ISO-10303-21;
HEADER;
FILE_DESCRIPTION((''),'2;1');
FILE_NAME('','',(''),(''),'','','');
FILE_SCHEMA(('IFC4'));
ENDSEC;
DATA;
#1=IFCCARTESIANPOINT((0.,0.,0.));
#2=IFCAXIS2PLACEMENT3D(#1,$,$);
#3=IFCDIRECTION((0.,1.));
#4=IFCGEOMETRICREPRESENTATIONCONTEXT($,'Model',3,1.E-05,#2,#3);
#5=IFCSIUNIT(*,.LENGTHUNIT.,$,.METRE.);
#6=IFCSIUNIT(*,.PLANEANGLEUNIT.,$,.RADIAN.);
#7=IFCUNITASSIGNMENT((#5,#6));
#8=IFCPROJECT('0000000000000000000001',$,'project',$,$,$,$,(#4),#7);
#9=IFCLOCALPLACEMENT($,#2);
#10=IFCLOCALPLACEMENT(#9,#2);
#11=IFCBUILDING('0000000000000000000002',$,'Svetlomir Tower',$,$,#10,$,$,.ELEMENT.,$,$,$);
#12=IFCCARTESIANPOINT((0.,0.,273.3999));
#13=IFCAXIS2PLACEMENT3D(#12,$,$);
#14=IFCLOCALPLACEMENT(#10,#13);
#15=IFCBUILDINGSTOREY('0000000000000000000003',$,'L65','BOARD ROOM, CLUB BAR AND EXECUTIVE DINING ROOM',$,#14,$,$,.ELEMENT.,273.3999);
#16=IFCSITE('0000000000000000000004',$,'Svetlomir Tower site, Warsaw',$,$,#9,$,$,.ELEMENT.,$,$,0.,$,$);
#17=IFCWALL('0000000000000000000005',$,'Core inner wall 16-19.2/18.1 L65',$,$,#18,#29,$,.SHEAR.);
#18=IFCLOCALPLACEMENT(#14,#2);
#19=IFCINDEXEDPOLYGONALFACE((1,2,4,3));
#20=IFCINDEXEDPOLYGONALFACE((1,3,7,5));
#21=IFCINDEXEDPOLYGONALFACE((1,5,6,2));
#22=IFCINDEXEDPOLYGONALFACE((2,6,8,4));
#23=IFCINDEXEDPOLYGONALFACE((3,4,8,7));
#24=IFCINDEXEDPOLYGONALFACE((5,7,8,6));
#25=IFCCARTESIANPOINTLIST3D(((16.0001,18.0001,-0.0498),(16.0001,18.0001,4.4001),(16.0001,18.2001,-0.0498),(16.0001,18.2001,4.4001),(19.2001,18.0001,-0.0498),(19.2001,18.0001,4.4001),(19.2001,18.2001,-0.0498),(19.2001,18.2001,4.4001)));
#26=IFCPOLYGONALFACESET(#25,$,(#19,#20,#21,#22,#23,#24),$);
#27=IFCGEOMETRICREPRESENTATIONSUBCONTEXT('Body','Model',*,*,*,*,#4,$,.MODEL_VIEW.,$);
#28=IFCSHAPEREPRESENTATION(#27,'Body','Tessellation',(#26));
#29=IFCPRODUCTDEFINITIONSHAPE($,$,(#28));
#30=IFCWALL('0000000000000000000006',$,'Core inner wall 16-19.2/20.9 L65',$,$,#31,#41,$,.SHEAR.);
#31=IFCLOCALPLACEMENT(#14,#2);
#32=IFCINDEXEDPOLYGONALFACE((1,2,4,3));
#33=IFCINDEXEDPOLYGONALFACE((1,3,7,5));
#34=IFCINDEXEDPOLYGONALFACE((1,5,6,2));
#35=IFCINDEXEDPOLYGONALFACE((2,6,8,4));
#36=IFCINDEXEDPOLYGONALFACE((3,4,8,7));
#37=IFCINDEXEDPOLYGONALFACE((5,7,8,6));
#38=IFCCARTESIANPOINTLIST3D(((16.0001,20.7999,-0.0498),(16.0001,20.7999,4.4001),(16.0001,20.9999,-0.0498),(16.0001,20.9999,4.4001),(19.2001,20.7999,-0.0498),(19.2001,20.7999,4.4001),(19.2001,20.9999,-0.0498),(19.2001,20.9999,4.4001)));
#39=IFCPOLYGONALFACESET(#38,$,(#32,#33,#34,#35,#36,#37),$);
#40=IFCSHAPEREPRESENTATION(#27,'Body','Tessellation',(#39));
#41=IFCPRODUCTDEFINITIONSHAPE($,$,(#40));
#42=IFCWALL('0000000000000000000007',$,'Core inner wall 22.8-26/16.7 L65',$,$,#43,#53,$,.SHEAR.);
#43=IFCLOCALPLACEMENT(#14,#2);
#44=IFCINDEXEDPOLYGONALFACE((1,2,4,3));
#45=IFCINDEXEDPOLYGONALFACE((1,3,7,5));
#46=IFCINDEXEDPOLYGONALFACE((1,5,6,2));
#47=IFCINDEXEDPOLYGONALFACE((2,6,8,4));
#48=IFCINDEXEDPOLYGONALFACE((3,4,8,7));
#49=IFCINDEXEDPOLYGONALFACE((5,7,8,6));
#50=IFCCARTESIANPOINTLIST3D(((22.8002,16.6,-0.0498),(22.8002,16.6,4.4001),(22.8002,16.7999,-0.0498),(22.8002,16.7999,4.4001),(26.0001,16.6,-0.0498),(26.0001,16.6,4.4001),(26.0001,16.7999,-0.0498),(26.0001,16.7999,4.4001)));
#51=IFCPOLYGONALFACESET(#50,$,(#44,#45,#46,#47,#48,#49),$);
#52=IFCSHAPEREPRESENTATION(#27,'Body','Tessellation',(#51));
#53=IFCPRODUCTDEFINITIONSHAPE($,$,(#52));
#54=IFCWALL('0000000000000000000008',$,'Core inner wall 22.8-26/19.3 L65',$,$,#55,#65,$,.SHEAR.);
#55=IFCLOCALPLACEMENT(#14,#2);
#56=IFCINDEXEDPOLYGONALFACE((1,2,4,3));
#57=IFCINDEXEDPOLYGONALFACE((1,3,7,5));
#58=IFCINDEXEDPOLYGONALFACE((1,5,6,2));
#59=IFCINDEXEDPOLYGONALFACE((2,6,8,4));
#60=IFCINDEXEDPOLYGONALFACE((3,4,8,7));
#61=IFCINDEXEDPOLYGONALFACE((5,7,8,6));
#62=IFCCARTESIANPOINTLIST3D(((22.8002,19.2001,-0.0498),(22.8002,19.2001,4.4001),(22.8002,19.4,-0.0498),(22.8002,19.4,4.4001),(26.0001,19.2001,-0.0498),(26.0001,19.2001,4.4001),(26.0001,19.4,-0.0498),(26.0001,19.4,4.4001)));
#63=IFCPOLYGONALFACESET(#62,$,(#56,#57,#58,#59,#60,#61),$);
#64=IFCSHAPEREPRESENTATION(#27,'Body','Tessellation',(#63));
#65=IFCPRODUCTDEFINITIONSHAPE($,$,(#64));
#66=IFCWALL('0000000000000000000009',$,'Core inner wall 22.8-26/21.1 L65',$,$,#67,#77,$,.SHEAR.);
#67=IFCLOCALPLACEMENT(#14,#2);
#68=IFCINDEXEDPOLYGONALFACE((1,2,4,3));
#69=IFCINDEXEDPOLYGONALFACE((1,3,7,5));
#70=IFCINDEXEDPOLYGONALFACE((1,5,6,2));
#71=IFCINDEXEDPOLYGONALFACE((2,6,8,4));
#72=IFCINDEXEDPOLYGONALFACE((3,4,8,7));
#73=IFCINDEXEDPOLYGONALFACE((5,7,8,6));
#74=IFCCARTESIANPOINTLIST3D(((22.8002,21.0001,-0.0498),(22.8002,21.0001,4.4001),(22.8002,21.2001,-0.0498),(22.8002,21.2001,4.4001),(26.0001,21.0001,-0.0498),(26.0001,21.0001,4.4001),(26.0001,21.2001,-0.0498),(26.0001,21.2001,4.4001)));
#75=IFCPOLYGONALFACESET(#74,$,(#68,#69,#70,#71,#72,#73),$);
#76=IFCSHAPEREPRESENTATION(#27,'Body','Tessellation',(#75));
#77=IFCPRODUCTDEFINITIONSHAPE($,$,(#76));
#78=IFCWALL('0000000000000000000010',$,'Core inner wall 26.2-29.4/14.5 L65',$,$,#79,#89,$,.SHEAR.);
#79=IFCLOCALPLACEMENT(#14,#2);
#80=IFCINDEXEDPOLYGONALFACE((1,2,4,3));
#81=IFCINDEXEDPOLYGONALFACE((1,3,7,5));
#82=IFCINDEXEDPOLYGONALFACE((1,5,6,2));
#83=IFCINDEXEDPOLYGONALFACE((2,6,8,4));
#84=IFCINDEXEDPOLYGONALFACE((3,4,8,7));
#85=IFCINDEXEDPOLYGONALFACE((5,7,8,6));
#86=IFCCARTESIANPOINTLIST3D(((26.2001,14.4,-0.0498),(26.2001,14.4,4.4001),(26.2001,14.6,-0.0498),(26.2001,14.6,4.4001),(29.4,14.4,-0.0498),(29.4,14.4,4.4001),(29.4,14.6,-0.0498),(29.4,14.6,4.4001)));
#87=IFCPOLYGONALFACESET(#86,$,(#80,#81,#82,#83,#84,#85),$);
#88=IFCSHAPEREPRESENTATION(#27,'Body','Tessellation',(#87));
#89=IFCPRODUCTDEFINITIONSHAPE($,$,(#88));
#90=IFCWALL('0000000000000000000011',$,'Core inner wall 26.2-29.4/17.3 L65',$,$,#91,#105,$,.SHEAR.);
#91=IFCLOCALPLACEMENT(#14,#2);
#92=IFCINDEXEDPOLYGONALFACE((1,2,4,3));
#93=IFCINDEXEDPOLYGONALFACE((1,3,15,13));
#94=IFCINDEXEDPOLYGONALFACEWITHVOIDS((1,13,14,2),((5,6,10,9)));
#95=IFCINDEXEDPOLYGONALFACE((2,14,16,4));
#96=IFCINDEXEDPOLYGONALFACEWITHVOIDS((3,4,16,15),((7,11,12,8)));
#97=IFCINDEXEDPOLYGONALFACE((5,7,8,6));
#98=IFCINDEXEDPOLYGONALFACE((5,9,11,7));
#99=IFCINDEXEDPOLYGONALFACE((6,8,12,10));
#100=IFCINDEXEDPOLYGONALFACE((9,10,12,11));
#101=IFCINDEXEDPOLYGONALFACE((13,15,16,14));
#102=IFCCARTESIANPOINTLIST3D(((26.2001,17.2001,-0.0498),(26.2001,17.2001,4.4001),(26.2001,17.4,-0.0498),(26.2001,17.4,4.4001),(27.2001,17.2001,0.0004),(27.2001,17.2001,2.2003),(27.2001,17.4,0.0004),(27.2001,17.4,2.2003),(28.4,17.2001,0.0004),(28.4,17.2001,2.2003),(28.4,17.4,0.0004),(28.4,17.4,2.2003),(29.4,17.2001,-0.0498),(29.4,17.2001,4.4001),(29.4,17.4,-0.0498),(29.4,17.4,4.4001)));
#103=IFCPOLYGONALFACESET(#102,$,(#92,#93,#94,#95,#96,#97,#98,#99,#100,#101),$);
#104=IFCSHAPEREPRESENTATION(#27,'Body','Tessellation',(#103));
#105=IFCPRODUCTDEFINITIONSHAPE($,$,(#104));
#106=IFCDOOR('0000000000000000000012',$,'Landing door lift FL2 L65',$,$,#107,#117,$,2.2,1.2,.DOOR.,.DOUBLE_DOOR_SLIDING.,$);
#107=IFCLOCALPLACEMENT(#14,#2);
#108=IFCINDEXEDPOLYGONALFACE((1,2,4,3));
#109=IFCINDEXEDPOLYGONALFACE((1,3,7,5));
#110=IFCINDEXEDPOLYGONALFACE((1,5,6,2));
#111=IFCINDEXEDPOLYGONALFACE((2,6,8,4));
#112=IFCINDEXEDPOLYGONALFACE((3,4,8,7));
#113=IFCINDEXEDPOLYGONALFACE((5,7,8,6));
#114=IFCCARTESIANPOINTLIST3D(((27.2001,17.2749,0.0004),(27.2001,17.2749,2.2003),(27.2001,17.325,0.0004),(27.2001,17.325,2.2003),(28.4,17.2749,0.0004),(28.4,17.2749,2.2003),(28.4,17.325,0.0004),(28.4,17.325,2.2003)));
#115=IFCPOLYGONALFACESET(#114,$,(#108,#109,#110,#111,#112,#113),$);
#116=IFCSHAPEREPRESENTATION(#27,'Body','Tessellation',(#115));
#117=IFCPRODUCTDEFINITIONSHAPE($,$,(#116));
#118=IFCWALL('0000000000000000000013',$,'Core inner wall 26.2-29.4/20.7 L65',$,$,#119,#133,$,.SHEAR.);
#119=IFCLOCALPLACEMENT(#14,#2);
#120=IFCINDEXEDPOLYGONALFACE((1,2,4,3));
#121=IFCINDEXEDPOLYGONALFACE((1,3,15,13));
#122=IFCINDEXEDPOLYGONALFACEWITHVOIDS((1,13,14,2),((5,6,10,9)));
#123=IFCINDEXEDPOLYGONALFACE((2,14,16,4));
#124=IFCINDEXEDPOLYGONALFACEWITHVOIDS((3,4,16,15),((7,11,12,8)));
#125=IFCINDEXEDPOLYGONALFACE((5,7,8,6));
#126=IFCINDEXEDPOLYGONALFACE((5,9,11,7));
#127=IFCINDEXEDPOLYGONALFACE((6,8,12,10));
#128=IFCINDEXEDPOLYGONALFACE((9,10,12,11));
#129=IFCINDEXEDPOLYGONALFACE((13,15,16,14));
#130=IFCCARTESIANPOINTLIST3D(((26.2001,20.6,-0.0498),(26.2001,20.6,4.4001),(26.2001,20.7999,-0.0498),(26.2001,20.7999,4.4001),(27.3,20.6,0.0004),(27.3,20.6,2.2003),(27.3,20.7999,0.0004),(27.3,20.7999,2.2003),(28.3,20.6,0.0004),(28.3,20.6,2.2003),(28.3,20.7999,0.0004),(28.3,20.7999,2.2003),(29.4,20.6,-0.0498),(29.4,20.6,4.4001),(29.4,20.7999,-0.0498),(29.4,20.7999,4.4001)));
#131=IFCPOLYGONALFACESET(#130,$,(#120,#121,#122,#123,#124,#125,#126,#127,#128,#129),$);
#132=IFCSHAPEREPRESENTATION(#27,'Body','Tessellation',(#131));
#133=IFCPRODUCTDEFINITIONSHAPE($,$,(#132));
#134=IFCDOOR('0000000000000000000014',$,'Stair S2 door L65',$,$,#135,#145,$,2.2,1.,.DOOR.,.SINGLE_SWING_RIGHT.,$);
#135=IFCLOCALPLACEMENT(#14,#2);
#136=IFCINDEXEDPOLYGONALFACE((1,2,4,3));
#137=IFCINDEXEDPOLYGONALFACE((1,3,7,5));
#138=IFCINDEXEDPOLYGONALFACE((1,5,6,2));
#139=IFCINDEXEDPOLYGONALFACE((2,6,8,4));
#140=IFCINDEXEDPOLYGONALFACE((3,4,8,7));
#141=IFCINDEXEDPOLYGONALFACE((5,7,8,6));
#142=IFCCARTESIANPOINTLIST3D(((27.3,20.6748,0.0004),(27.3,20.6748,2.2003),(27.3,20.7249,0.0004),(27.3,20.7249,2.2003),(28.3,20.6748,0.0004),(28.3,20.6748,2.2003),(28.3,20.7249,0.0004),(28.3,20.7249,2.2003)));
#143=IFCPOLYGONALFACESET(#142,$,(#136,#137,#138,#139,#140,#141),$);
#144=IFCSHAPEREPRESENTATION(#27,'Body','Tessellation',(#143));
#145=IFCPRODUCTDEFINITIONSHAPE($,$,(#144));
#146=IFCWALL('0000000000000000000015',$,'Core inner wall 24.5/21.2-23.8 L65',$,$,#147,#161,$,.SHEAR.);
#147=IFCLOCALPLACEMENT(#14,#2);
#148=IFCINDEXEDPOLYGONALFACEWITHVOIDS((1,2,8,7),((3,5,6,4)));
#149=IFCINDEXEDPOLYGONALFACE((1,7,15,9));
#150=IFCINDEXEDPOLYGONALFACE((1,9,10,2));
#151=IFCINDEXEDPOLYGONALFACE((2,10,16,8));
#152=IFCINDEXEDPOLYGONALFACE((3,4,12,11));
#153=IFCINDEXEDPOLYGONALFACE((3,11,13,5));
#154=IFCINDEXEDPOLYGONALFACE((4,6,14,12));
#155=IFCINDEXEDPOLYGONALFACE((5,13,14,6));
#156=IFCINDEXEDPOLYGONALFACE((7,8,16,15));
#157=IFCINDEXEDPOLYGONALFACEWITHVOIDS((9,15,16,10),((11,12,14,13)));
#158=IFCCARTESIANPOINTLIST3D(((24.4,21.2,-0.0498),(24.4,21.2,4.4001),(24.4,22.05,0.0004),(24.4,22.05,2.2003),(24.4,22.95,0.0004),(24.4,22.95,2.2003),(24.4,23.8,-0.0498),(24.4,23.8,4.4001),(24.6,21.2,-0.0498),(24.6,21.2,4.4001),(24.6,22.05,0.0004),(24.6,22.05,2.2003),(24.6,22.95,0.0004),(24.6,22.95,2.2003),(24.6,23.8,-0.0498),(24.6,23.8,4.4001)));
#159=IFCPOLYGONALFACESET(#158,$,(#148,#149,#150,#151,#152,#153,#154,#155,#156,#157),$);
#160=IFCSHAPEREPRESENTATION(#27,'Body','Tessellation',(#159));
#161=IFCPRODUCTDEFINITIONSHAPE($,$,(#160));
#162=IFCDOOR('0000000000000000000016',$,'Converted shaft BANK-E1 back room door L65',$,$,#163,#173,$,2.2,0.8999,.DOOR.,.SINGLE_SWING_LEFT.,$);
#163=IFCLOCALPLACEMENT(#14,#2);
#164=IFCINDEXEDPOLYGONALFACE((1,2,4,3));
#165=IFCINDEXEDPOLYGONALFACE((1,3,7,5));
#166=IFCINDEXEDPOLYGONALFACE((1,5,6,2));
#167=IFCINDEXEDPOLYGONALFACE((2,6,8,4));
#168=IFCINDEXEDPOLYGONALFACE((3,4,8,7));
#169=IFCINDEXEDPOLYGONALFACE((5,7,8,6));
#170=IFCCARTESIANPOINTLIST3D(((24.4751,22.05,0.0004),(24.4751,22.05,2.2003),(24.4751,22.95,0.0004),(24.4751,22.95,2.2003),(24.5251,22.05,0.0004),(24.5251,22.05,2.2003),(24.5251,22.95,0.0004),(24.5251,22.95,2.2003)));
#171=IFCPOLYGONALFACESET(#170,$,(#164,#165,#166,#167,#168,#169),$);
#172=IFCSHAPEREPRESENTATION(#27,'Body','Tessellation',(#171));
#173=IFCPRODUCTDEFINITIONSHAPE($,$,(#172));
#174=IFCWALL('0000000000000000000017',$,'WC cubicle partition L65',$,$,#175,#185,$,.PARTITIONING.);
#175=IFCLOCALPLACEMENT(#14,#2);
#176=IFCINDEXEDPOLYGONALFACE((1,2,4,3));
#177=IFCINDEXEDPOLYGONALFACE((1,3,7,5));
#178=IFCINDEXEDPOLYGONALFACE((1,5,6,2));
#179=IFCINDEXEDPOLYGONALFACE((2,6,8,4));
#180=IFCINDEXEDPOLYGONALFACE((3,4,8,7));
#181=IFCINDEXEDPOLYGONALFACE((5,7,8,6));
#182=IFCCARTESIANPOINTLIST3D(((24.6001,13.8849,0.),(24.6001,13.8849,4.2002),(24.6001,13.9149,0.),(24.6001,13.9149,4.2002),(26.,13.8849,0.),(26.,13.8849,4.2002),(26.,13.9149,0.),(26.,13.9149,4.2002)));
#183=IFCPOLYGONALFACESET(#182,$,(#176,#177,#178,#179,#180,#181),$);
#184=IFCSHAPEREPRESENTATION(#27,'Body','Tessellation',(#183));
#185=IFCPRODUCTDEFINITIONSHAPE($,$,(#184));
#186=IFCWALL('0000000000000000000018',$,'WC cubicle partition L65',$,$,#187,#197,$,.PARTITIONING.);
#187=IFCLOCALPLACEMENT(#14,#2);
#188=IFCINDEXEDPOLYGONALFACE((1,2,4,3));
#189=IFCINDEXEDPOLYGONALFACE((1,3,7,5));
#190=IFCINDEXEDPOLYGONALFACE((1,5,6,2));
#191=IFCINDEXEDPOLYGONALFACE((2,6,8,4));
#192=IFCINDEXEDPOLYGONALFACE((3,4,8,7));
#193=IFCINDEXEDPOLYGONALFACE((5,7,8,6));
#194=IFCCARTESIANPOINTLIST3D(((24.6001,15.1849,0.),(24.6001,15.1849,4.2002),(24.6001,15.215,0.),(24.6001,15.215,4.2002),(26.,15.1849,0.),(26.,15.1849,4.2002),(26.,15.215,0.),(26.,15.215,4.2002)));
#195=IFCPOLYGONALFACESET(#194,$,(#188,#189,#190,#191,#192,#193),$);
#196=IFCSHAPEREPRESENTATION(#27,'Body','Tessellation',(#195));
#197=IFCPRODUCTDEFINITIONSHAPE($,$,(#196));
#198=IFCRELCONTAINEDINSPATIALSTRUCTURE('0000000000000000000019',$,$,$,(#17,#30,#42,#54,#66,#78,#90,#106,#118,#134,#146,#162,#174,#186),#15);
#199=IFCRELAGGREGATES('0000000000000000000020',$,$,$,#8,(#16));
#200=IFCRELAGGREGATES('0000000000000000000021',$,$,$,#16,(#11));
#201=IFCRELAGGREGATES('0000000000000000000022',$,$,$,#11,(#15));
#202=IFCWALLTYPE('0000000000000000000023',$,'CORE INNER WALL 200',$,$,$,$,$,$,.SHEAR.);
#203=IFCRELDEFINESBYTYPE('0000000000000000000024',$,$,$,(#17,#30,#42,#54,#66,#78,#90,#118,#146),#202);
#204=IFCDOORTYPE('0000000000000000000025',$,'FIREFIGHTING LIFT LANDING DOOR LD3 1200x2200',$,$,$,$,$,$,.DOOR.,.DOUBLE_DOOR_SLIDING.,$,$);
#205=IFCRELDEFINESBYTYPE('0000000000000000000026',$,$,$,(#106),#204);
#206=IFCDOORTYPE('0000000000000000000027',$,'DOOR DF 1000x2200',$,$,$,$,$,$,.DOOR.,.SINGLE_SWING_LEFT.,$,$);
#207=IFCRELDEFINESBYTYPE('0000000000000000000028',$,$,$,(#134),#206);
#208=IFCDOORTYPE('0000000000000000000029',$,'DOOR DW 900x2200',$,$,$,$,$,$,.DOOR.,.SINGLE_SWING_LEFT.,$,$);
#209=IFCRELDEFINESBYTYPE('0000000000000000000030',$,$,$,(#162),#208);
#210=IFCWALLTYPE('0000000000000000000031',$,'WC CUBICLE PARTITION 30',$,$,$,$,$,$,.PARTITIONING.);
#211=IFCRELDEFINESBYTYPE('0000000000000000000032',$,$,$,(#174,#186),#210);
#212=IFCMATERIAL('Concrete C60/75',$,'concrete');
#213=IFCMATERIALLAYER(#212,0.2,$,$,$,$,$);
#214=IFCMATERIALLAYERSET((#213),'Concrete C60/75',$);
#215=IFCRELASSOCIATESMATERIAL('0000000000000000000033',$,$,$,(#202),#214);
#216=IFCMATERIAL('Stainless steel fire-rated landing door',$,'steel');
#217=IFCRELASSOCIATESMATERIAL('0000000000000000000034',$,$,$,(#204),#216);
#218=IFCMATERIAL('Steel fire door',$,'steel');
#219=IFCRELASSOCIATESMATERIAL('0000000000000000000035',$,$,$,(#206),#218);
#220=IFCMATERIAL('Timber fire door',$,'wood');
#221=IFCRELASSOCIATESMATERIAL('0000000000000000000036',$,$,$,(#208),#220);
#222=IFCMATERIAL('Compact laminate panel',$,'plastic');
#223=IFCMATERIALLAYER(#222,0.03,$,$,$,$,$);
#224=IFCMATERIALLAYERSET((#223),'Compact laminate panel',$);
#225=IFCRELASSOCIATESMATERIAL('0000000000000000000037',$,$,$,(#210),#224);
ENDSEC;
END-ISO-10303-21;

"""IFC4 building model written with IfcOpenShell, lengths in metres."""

from ifc_helpers import new_model, si_unit, direction, frame, frame_2d, origin, place, context, subcontext, project, spatial, rectangle, extrude, material, layer, layer_set, type_object, element, fill, save


model = new_model("IFC4")

# Units and contexts
model_context = context("Model", 3, precision=1e-05, world=origin(), true_north=direction((0.0, 1.0)))
body_context = subcontext(model_context, "Body", "Model", "MODEL_VIEW")
ifc_project = project(units=[si_unit("LENGTHUNIT", "METRE"), si_unit("PLANEANGLEUNIT", "RADIAN")], contexts=[model_context])

# Site, building, storey
site_placement = place(None, origin())
site = spatial("IfcSite", under=ifc_project, at=site_placement, Name="Svetlomir Tower site, Warsaw", CompositionType="ELEMENT", RefElevation=0.0)
building_placement = place(site_placement, origin())
building = spatial("IfcBuilding", under=site, at=building_placement, Name="Svetlomir Tower", CompositionType="ELEMENT")
storey_placement = place(building_placement, frame((0.0, 0.0, 273.3999)))
storey = spatial("IfcBuildingStorey", under=building, at=storey_placement, Name="L65", Description="BOARD ROOM, CLUB BAR AND EXECUTIVE DINING ROOM", CompositionType="ELEMENT", Elevation=273.3999)

# Walls
ifc_material_1 = material(Name="Concrete C60/75", Category="concrete")
ifc_layer_1 = layer(ifc_material_1, 0.2)
ifc_layer_set_1 = layer_set([ifc_layer_1], Name="Concrete C60/75")
wall_type_1 = type_object("IfcWallType", Name="CORE INNER WALL 200", PredefinedType="SHEAR", material=ifc_layer_set_1)
for number, where, z_axis, x_axis, name in (
    (1, (16.0, 18.1001, -0.0498), (0.0, 0.0, 1.0), (1.0, 0.0, 0.0), "Core inner wall 16-19.2/18.1 L65"),
    (2, (16.0, 20.8999, -0.0498), (0.0, 0.0, 1.0), (1.0, 0.0, 0.0), "Core inner wall 16-19.2/20.9 L65"),
    (3, (22.8, 16.7, -0.0498), (0.0, 0.0, 1.0), (1.0, 0.0, 0.0), "Core inner wall 22.8-26/16.7 L65"),
    (4, (22.8, 19.3, -0.0498), (0.0, 0.0, 1.0), (1.0, 0.0, 0.0), "Core inner wall 22.8-26/19.3 L65"),
    (5, (22.8, 21.1001, -0.0498), (0.0, 0.0, 1.0), (1.0, 0.0, 0.0), "Core inner wall 22.8-26/21.1 L65"),
    (6, (26.2, 14.5, -0.0498), (0.0, 0.0, 1.0), (1.0, 0.0, 0.0), "Core inner wall 26.2-29.4/14.5 L65"),
):
    element("IfcWall", number, at=place(storey_placement, frame(where, z_axis=z_axis, x_axis=x_axis)), inside=storey, type_object=wall_type_1, Name=name, PredefinedType="SHEAR", context=body_context, shape_type="SweptSolid", body=[
        extrude(rectangle(XDim=3.2, YDim=0.2, at=frame_2d((1.6001, 0.0))), origin(), (0.0, 0.0, 1.0), 4.45),
    ])

# Walls, openings, doors
wall_1_placement = place(storey_placement, frame((26.2, 17.3, -0.0498), z_axis=(0.0, 0.0, 1.0), x_axis=(1.0, 0.0, 0.0)))
wall_1 = element("IfcWall", 7, at=wall_1_placement, inside=storey, type_object=wall_type_1, Name="Core inner wall 26.2-29.4/17.3 L65", PredefinedType="SHEAR", context=body_context, shape_type="SweptSolid", body=[
    extrude(rectangle(XDim=3.2, YDim=0.2, at=frame_2d((1.6001, 0.0))), origin(), (0.0, 0.0, 1.0), 4.45),
])
opening_1_placement = place(wall_1_placement, frame((1.0, 0.0, 0.05)))
opening_1 = element("IfcOpeningElement", 8, at=opening_1_placement, cuts=wall_1, PredefinedType="OPENING", context=body_context, shape_type="SweptSolid", body=[
    extrude(rectangle(XDim=1.2, YDim=2.2, at=frame_2d((0.6001, 1.1001))), frame((0.0, 0.1099, 0.0), z_axis=(0.0, -1.0, 0.0), x_axis=(1.0, 0.0, 0.0)), (0.0, 0.0, 1.0), 0.22),
])
ifc_material_2 = material(Name="Stainless steel fire-rated landing door", Category="steel")
door_type_1 = type_object("IfcDoorType", Name="FIREFIGHTING LIFT LANDING DOOR LD3 1200x2200", OperationType="DOUBLE_DOOR_SLIDING", PredefinedType="DOOR", material=ifc_material_2)
door_1_placement = place(opening_1_placement, origin())
door_1 = element("IfcDoor", 9, at=door_1_placement, inside=storey, type_object=door_type_1, Name="Landing door lift FL2 L65", OperationType="DOUBLE_DOOR_SLIDING", OverallHeight=2.2, OverallWidth=1.2, PredefinedType="DOOR", context=body_context, shape_type="SweptSolid", body=[
    extrude(rectangle(XDim=1.2, YDim=2.2, at=frame_2d((0.6001, 1.1001))), frame((0.0, 0.0249, 0.0), z_axis=(0.0, -1.0, 0.0), x_axis=(1.0, 0.0, 0.0)), (0.0, 0.0, 1.0), 0.05),
])
fill(opening_1, door_1)
wall_2_placement = place(storey_placement, frame((26.2, 20.7, -0.0498), z_axis=(0.0, 0.0, 1.0), x_axis=(1.0, 0.0, 0.0)))
wall_2 = element("IfcWall", 10, at=wall_2_placement, inside=storey, type_object=wall_type_1, Name="Core inner wall 26.2-29.4/20.7 L65", PredefinedType="SHEAR", context=body_context, shape_type="SweptSolid", body=[
    extrude(rectangle(XDim=3.2, YDim=0.2, at=frame_2d((1.6001, 0.0))), origin(), (0.0, 0.0, 1.0), 4.45),
])
opening_2_placement = place(wall_2_placement, frame((1.1001, 0.0, 0.05)))
opening_2 = element("IfcOpeningElement", 11, at=opening_2_placement, cuts=wall_2, PredefinedType="OPENING", context=body_context, shape_type="SweptSolid", body=[
    extrude(rectangle(XDim=1.0, YDim=2.2, at=frame_2d((0.5, 1.1001))), frame((0.0, 0.1099, 0.0), z_axis=(0.0, -1.0, 0.0), x_axis=(1.0, 0.0, 0.0)), (0.0, 0.0, 1.0), 0.22),
])
ifc_material_3 = material(Name="Steel fire door", Category="steel")
door_type_2 = type_object("IfcDoorType", Name="DOOR DF 1000x2200", OperationType="SINGLE_SWING_LEFT", PredefinedType="DOOR", material=ifc_material_3)
door_2_placement = place(opening_2_placement, origin())
door_2 = element("IfcDoor", 12, at=door_2_placement, inside=storey, type_object=door_type_2, Name="Stair S2 door L65", OperationType="SINGLE_SWING_RIGHT", OverallHeight=2.2, OverallWidth=1.0, PredefinedType="DOOR", context=body_context, shape_type="SweptSolid", body=[
    extrude(rectangle(XDim=1.0, YDim=2.2, at=frame_2d((0.5, 1.1001))), frame((0.0, 0.0249, 0.0), z_axis=(0.0, -1.0, 0.0), x_axis=(1.0, 0.0, 0.0)), (0.0, 0.0, 1.0), 0.05),
])
fill(opening_2, door_2)
wall_3_placement = place(storey_placement, frame((24.5, 21.2, -0.0498), z_axis=(0.0, 0.0, 1.0), x_axis=(0.0, 1.0, 0.0)))
wall_3 = element("IfcWall", 13, at=wall_3_placement, inside=storey, type_object=wall_type_1, Name="Core inner wall 24.5/21.2-23.8 L65", PredefinedType="SHEAR", context=body_context, shape_type="SweptSolid", body=[
    extrude(rectangle(XDim=2.6001, YDim=0.2, at=frame_2d((1.3, 0.0))), origin(), (0.0, 0.0, 1.0), 4.45),
])
opening_3_placement = place(wall_3_placement, frame((0.8501, 0.0, 0.05)))
opening_3 = element("IfcOpeningElement", 14, at=opening_3_placement, cuts=wall_3, PredefinedType="OPENING", context=body_context, shape_type="SweptSolid", body=[
    extrude(rectangle(XDim=0.8999, YDim=2.2, at=frame_2d((0.45, 1.1001))), frame((0.0, 0.1099, 0.0), z_axis=(0.0, -1.0, 0.0), x_axis=(1.0, 0.0, 0.0)), (0.0, 0.0, 1.0), 0.22),
])
ifc_material_4 = material(Name="Timber fire door", Category="wood")
door_type_3 = type_object("IfcDoorType", Name="DOOR DW 900x2200", OperationType="SINGLE_SWING_LEFT", PredefinedType="DOOR", material=ifc_material_4)
door_3_placement = place(opening_3_placement, origin())
door_3 = element("IfcDoor", 15, at=door_3_placement, inside=storey, type_object=door_type_3, Name="Converted shaft BANK-E1 back room door L65", OperationType="SINGLE_SWING_LEFT", OverallHeight=2.2, OverallWidth=0.8999, PredefinedType="DOOR", context=body_context, shape_type="SweptSolid", body=[
    extrude(rectangle(XDim=0.8999, YDim=2.2, at=frame_2d((0.45, 1.1001))), frame((0.0, 0.0249, 0.0), z_axis=(0.0, -1.0, 0.0), x_axis=(1.0, 0.0, 0.0)), (0.0, 0.0, 1.0), 0.05),
])
fill(opening_3, door_3)

# Walls
ifc_material_5 = material(Name="Compact laminate panel", Category="plastic")
ifc_layer_2 = layer(ifc_material_5, 0.03)
ifc_layer_set_2 = layer_set([ifc_layer_2], Name="Compact laminate panel")
wall_type_2 = type_object("IfcWallType", Name="WC CUBICLE PARTITION 30", PredefinedType="PARTITIONING", material=ifc_layer_set_2)
for number, where, z_axis, x_axis, name in (
    (16, (24.6001, 13.8999, 0.0), (0.0, 0.0, 1.0), (1.0, 0.0, 0.0), "WC cubicle partition L65"),
    (17, (24.6001, 15.2, 0.0), (0.0, 0.0, 1.0), (1.0, 0.0, 0.0), "WC cubicle partition L65"),
):
    element("IfcWall", number, at=place(storey_placement, frame(where, z_axis=z_axis, x_axis=x_axis)), inside=storey, type_object=wall_type_2, Name=name, PredefinedType="PARTITIONING", context=body_context, shape_type="SweptSolid", body=[
        extrude(rectangle(XDim=1.3999, YDim=0.03, at=frame_2d((0.7, 0.0))), origin(), (0.0, 0.0, 1.0), 4.2002),
    ])

save(model, "model.ifc")
